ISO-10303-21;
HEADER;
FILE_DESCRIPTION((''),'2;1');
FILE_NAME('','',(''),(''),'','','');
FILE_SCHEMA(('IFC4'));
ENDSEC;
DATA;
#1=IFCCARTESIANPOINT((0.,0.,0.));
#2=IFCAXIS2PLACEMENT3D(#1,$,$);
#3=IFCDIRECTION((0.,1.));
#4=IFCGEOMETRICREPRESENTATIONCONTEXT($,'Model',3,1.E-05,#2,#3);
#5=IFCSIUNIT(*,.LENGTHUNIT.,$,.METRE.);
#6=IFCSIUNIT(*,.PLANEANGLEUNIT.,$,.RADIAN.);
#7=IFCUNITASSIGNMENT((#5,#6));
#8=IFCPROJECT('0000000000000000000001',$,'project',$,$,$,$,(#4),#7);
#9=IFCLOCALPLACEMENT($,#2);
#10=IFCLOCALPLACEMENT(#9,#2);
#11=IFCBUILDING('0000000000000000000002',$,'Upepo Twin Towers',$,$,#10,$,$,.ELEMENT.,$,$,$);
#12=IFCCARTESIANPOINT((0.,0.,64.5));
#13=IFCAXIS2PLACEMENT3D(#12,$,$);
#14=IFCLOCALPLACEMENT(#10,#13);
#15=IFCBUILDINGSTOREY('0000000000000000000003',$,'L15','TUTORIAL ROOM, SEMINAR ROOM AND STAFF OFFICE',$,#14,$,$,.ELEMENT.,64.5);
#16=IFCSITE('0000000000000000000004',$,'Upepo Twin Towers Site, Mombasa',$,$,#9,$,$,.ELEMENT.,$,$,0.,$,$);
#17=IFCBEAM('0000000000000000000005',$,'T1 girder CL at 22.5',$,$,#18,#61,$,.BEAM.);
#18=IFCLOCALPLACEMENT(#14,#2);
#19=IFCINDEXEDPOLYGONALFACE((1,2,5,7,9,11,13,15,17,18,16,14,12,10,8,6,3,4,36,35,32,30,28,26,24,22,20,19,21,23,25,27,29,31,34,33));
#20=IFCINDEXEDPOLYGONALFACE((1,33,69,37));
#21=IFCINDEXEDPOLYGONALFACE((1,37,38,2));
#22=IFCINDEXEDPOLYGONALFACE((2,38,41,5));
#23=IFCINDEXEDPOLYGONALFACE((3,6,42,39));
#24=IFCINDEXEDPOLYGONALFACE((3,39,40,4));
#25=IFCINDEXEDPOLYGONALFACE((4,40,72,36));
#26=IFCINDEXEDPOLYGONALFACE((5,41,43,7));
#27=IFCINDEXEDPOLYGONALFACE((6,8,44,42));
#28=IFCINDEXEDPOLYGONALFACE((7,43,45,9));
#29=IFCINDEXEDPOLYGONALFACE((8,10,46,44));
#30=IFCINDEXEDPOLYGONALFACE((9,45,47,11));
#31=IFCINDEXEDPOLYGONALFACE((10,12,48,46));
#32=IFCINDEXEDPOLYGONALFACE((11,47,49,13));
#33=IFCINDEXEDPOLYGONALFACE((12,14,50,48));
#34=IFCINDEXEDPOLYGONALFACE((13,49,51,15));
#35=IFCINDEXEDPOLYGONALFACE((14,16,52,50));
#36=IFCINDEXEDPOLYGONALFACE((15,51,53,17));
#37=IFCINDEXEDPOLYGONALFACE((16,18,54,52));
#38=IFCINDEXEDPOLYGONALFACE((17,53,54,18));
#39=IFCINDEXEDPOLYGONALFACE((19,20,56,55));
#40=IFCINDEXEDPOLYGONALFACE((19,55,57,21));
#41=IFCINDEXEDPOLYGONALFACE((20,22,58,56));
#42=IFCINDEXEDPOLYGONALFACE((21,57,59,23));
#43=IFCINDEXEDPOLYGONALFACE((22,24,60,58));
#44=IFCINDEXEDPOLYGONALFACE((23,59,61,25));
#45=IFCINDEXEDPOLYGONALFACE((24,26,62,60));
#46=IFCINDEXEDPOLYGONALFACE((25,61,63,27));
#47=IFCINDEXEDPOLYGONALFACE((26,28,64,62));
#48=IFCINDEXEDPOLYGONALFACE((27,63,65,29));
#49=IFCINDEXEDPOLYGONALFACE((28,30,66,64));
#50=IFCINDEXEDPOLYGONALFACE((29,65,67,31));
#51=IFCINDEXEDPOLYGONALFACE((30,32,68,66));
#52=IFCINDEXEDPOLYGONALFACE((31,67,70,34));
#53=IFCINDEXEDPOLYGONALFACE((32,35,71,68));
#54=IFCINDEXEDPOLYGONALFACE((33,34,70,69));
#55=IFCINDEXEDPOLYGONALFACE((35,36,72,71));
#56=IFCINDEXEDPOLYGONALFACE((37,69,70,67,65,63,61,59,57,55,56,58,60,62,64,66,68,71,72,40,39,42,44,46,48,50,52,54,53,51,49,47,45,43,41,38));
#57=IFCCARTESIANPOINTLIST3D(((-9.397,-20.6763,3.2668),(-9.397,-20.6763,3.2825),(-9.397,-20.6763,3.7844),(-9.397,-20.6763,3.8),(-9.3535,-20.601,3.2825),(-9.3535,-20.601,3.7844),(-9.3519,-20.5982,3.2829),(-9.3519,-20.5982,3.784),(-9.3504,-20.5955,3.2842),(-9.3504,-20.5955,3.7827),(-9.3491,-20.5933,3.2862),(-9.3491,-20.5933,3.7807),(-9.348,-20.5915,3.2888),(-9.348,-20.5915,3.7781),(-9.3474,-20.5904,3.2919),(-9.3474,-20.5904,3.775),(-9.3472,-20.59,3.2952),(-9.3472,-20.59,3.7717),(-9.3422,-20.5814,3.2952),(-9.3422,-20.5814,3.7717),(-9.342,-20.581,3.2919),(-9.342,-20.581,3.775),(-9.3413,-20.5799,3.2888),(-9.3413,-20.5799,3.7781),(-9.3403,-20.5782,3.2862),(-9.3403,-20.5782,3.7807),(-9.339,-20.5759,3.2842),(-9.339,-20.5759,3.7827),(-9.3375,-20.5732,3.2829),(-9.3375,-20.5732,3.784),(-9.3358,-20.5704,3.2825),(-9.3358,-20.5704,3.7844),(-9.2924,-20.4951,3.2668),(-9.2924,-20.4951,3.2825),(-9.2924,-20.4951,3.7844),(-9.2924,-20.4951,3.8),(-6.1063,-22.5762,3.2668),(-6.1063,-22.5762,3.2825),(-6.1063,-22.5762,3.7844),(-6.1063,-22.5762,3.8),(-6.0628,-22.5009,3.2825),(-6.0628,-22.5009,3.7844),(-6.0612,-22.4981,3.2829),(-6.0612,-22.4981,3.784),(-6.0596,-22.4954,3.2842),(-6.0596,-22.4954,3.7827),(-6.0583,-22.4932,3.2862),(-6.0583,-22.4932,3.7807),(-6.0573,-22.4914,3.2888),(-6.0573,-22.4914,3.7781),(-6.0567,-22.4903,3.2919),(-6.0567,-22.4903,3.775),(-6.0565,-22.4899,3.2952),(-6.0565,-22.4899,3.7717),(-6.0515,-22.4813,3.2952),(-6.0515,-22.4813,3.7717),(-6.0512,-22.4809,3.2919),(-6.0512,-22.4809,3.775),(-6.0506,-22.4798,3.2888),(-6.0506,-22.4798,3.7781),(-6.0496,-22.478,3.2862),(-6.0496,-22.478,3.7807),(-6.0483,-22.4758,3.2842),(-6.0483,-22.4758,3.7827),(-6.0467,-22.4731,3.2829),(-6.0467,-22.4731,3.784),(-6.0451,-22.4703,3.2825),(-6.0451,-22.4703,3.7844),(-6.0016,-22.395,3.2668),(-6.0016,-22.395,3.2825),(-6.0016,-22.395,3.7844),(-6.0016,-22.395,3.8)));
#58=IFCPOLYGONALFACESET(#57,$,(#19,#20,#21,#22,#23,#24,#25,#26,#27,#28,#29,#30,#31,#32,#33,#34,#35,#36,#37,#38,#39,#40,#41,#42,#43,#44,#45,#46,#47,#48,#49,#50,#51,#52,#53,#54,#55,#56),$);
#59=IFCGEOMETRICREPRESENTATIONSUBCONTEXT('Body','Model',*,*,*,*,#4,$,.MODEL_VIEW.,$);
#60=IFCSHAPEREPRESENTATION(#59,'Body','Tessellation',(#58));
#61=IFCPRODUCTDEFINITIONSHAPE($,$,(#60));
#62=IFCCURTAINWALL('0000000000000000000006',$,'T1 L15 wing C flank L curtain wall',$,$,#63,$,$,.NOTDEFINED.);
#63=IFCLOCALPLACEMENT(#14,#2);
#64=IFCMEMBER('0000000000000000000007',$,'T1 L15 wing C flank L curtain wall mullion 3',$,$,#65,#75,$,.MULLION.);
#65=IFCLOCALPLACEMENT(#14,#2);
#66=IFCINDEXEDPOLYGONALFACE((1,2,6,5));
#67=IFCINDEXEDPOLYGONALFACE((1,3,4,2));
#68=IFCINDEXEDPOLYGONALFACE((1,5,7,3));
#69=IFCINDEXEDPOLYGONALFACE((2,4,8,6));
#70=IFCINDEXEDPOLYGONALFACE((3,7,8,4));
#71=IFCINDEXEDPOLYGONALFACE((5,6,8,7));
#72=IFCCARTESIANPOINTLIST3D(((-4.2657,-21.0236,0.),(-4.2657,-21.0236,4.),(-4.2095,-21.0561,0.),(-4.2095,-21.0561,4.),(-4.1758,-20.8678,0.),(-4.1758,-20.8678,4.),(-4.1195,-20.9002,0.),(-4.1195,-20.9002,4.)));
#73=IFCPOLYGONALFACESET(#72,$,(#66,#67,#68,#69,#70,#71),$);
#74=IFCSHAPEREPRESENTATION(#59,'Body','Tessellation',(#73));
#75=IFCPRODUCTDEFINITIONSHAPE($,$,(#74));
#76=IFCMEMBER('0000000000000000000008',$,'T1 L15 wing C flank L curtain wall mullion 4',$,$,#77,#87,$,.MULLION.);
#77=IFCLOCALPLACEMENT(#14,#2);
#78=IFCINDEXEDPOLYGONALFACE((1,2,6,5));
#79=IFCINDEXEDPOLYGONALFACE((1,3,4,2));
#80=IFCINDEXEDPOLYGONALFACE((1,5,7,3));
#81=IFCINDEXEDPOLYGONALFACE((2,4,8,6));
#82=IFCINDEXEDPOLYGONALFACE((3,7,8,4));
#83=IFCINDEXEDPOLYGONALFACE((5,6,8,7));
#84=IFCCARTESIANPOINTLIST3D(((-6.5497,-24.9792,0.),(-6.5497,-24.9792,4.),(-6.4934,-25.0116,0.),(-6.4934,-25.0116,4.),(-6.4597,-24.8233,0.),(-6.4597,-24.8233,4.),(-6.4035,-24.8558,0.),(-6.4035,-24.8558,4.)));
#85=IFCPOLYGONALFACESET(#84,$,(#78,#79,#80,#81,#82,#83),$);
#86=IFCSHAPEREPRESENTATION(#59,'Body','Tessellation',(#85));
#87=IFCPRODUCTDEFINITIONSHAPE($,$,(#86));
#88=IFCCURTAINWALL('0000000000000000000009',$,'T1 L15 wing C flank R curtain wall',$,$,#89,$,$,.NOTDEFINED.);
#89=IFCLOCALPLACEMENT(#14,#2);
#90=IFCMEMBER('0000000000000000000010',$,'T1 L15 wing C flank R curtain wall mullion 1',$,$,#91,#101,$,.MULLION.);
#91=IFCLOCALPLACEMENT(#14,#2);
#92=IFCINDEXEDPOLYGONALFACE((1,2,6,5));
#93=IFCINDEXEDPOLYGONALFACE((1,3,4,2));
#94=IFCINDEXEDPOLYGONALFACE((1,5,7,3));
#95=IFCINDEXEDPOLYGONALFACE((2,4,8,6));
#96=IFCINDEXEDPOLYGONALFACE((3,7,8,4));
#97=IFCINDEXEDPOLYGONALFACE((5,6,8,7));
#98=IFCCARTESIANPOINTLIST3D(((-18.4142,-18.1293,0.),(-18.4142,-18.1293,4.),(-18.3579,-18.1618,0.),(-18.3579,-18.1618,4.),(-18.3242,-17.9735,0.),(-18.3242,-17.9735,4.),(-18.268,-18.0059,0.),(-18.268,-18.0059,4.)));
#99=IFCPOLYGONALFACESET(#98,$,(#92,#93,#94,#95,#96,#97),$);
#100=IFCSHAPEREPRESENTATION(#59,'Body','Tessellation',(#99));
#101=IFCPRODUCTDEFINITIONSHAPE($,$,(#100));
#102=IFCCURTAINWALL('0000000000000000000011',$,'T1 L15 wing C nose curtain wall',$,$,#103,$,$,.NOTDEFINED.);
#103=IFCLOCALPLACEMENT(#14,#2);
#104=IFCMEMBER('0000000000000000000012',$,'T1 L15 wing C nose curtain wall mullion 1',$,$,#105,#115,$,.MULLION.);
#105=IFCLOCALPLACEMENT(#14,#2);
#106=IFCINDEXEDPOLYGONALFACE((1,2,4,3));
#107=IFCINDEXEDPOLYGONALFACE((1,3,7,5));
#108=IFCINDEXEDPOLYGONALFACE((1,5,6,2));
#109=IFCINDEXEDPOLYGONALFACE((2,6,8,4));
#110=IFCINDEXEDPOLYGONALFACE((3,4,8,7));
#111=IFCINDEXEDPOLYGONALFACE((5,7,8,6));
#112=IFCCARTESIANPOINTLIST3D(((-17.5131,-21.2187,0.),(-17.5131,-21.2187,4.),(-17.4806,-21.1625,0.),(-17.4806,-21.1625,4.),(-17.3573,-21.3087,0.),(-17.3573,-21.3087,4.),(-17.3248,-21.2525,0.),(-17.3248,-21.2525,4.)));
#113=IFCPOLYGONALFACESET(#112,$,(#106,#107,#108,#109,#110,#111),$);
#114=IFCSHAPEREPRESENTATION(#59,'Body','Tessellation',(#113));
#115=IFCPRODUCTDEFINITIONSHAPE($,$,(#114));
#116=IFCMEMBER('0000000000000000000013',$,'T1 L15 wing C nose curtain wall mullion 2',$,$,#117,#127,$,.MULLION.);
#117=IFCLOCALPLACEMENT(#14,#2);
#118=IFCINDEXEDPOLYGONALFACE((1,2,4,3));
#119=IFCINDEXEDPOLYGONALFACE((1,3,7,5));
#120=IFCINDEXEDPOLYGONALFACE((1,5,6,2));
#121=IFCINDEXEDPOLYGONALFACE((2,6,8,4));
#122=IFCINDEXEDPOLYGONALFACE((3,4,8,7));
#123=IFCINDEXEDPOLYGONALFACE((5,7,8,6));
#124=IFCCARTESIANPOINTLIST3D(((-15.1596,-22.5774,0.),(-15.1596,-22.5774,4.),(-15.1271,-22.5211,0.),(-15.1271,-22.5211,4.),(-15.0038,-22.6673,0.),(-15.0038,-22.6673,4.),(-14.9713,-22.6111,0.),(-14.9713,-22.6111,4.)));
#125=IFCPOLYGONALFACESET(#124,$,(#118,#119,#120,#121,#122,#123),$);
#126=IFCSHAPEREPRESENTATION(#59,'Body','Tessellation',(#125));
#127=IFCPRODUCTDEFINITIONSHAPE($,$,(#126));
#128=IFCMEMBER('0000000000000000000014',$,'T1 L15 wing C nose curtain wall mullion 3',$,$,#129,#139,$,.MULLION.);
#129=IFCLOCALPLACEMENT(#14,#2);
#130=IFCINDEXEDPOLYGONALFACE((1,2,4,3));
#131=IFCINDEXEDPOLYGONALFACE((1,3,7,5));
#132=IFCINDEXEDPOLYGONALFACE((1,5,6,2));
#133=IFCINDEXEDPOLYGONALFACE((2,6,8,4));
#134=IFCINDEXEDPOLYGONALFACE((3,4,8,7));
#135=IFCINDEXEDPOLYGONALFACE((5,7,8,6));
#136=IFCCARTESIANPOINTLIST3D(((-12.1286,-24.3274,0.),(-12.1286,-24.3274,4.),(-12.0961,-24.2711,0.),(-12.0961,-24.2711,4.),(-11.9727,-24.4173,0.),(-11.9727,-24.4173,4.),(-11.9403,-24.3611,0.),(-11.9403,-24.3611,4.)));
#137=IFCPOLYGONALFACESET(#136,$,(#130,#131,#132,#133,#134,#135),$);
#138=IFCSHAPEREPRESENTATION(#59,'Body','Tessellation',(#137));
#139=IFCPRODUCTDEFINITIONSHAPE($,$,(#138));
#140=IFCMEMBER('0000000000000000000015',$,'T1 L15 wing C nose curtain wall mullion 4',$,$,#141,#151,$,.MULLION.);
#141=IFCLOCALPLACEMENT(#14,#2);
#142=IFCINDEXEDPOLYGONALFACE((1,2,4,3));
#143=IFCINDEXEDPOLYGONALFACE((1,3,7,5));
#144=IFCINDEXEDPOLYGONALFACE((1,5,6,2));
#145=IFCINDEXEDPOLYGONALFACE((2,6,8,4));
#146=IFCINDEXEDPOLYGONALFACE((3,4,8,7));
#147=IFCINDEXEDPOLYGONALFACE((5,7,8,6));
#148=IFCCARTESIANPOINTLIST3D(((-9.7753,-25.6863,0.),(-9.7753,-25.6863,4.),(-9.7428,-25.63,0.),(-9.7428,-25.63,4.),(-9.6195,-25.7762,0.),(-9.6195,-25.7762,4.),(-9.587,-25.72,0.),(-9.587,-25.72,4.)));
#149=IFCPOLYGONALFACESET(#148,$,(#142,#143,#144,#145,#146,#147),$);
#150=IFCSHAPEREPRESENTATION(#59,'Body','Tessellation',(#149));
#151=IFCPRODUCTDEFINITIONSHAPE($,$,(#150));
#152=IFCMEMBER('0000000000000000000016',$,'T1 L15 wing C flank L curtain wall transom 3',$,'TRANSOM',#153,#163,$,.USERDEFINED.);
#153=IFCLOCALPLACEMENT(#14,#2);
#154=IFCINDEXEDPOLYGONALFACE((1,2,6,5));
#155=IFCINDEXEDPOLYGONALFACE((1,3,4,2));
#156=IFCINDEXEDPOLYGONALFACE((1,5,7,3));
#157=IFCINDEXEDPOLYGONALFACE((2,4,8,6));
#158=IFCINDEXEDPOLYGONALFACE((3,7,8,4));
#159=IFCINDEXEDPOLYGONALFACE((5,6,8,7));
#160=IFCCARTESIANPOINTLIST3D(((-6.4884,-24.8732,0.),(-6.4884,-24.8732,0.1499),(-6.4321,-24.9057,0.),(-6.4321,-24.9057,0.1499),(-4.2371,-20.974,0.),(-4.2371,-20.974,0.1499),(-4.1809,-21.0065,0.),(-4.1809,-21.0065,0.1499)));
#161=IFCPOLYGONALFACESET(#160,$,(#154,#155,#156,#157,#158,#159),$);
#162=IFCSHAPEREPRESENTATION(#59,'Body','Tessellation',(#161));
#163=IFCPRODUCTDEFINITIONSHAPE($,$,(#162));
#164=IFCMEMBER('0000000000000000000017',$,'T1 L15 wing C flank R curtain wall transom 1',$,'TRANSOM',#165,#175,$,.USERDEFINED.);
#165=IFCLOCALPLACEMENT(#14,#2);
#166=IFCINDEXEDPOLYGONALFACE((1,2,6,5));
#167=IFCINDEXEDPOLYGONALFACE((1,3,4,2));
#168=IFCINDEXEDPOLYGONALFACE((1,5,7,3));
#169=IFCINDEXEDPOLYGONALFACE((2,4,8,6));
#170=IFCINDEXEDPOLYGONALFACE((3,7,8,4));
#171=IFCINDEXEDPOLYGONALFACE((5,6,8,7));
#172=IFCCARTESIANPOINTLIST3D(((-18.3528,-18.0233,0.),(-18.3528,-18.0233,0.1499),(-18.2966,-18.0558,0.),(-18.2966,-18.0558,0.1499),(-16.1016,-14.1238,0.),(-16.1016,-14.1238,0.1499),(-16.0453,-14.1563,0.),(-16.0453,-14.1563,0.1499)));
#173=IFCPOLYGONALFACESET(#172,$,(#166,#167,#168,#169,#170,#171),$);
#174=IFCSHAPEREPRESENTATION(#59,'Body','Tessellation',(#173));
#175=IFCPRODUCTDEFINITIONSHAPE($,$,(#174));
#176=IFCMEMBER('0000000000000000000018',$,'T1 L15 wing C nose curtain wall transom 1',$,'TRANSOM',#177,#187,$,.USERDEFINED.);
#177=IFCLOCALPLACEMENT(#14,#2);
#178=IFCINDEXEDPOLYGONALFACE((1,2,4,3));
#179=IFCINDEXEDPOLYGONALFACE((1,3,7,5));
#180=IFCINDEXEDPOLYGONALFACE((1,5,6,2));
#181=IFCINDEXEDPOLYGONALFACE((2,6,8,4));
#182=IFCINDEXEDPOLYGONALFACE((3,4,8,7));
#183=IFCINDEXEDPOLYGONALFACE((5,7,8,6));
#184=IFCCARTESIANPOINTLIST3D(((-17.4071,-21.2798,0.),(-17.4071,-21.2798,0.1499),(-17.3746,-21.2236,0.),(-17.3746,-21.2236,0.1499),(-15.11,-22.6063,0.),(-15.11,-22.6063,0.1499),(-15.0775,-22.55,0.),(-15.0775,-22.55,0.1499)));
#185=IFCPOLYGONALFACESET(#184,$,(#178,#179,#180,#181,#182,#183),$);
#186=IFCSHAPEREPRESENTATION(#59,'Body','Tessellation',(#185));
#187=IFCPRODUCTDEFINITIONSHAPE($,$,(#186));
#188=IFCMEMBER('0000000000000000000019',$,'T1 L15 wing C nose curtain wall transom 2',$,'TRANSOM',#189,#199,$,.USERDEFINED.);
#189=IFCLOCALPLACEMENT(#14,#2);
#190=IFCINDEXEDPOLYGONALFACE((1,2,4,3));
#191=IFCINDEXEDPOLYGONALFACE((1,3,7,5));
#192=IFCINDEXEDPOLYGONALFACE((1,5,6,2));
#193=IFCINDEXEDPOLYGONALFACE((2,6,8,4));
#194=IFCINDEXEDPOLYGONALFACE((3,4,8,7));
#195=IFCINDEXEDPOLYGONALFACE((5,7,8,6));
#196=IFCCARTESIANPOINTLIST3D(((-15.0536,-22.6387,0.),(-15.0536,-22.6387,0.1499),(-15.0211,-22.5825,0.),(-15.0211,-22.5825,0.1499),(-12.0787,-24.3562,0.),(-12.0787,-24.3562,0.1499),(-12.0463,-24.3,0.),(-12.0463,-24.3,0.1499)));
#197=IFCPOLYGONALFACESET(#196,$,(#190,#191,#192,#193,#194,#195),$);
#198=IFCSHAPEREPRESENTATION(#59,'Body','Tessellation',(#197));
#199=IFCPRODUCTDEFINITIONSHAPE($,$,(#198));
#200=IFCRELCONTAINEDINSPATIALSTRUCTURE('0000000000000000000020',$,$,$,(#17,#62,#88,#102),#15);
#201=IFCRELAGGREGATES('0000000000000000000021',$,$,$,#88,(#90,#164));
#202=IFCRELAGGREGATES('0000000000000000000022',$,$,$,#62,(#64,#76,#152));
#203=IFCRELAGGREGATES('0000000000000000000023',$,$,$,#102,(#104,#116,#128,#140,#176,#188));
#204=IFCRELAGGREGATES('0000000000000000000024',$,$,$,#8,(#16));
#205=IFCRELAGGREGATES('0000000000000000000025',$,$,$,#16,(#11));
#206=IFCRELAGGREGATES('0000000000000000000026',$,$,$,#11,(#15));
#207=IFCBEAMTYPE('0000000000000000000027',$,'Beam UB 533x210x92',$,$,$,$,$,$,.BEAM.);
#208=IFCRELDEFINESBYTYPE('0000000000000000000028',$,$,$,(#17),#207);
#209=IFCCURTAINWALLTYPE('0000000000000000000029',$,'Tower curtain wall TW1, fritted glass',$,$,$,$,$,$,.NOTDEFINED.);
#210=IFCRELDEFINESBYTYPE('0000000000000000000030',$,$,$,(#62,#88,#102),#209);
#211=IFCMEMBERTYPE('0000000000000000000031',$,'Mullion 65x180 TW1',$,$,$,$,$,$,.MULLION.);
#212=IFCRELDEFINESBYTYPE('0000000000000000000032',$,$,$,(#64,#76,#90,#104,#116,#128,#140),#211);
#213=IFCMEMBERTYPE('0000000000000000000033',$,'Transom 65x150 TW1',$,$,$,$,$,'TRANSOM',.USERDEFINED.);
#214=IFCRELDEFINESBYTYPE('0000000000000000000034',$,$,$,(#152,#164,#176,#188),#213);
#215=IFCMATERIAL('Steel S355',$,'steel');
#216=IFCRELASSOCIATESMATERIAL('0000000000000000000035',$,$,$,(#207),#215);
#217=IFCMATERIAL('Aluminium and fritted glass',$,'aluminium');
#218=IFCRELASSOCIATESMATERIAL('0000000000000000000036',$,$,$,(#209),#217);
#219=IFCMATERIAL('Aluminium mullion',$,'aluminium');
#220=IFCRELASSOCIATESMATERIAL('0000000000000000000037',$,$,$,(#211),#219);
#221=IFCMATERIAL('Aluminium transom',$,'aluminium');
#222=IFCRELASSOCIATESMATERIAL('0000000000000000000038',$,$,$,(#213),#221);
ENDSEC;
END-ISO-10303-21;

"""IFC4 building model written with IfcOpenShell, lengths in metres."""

from ifc_helpers import new_model, si_unit, direction, frame, origin, origin_2d, place, context, subcontext, project, spatial, rectangle, i_section, extrude, material, material_profile, profile_set, type_object, element, aggregate, save


model = new_model("IFC4")

# Units and contexts
model_context = context("Model", 3, precision=1e-05, world=origin(), true_north=direction((0.0, 1.0)))
body_context = subcontext(model_context, "Body", "Model", "MODEL_VIEW")
ifc_project = project(units=[si_unit("LENGTHUNIT", "METRE"), si_unit("PLANEANGLEUNIT", "RADIAN")], contexts=[model_context])

# Site, building, storey
site_placement = place(None, origin())
site = spatial("IfcSite", under=ifc_project, at=site_placement, Name="Upepo Twin Towers Site, Mombasa", CompositionType="ELEMENT", RefElevation=0.0)
building_placement = place(site_placement, origin())
building = spatial("IfcBuilding", under=site, at=building_placement, Name="Upepo Twin Towers", CompositionType="ELEMENT")
storey_placement = place(building_placement, frame((0.0, 0.0, 64.5)))
storey = spatial("IfcBuildingStorey", under=building, at=storey_placement, Name="L15", Description="TUTORIAL ROOM, SEMINAR ROOM AND STAFF OFFICE", CompositionType="ELEMENT", Elevation=64.5)

# Beam
ifc_material_1 = material(Name="Steel S355", Category="steel")
ifc_material_profile_1 = material_profile(ifc_material_1, i_section(OverallWidth=0.2092, OverallDepth=0.5332, WebThickness=0.01, FlangeThickness=0.0156, FilletRadius=0.0127, at=origin_2d()), Name="UB 533x210x92")
ifc_profile_set_1 = profile_set([ifc_material_profile_1], Name="Steel S355")
beam_type_1 = type_object("IfcBeamType", Name="Beam UB 533x210x92", PredefinedType="BEAM", material=ifc_profile_set_1)
beam_1_placement = place(storey_placement, frame((-6.054, -22.4856, 3.5334), z_axis=(-0.866028, 0.499995, 0.0), x_axis=(-0.499995, -0.866028, 0.0)))
element("IfcBeam", 1, at=beam_1_placement, inside=storey, type_object=beam_type_1, Name="T1 girder CL at 22.5", PredefinedType="BEAM", context=body_context, shape_type="SweptSolid", body=[
    extrude(i_section(OverallWidth=0.2092, OverallDepth=0.5332, WebThickness=0.01, FlangeThickness=0.0156, FilletRadius=0.0127, at=origin_2d()), origin(), (0.0, 0.0, 1.0), 3.7998),
])

# Curtain wall, members
ifc_material_2 = material(Name="Aluminium and fritted glass", Category="aluminium")
curtain_wall_type = type_object("IfcCurtainWallType", Name="Tower curtain wall TW1, fritted glass", PredefinedType="NOTDEFINED", material=ifc_material_2)
curtain_wall_1_placement = place(storey_placement, origin())
curtain_wall_1 = element("IfcCurtainWall", 2, at=curtain_wall_1_placement, inside=storey, type_object=curtain_wall_type, Name="T1 L15 wing C flank L curtain wall", PredefinedType="NOTDEFINED")
ifc_material_3 = material(Name="Aluminium mullion", Category="aluminium")
ifc_material_profile_2 = material_profile(ifc_material_3, rectangle(XDim=0.0649, YDim=0.1799, at=origin_2d()), Name="MULLION 65x180")
ifc_profile_set_2 = profile_set([ifc_material_profile_2], Name="Aluminium mullion")
member_type_1 = type_object("IfcMemberType", Name="Mullion 65x180 TW1", PredefinedType="MULLION", material=ifc_profile_set_2)
member_1_placement = place(storey_placement, frame((-4.1926, -20.9619, 0.0), z_axis=(0.0, 0.0, 1.0), x_axis=(0.866025, -0.5, 0.0)))
member_1 = element("IfcMember", 3, at=member_1_placement, type_object=member_type_1, Name="T1 L15 wing C flank L curtain wall mullion 3", PredefinedType="MULLION", context=body_context, shape_type="SweptSolid", body=[
    extrude(rectangle(XDim=0.0649, YDim=0.1799, at=origin_2d()), origin(), (0.0, 0.0, 1.0), 4.0),
])
member_2_placement = place(storey_placement, frame((-6.4766, -24.9175, 0.0), z_axis=(0.0, 0.0, 1.0), x_axis=(0.866025, -0.5, 0.0)))
member_2 = element("IfcMember", 4, at=member_2_placement, type_object=member_type_1, Name="T1 L15 wing C flank L curtain wall mullion 4", PredefinedType="MULLION", context=body_context, shape_type="SweptSolid", body=[
    extrude(rectangle(XDim=0.0649, YDim=0.1799, at=origin_2d()), origin(), (0.0, 0.0, 1.0), 4.0),
])

# Curtain wall, member
curtain_wall_2_placement = place(storey_placement, origin())
curtain_wall_2 = element("IfcCurtainWall", 5, at=curtain_wall_2_placement, inside=storey, type_object=curtain_wall_type, Name="T1 L15 wing C flank R curtain wall", PredefinedType="NOTDEFINED")
member_3_placement = place(storey_placement, frame((-18.3411, -18.0676, 0.0), z_axis=(0.0, 0.0, 1.0), x_axis=(-0.866025, 0.5, 0.0)))
member_3 = element("IfcMember", 6, at=member_3_placement, type_object=member_type_1, Name="T1 L15 wing C flank R curtain wall mullion 1", PredefinedType="MULLION", context=body_context, shape_type="SweptSolid", body=[
    extrude(rectangle(XDim=0.0649, YDim=0.1799, at=origin_2d()), origin(), (0.0, 0.0, 1.0), 4.0),
])

# Curtain wall, members
curtain_wall_3_placement = place(storey_placement, origin())
curtain_wall_3 = element("IfcCurtainWall", 7, at=curtain_wall_3_placement, inside=storey, type_object=curtain_wall_type, Name="T1 L15 wing C nose curtain wall", PredefinedType="NOTDEFINED")
member_4_placement = place(storey_placement, frame((-17.4189, -21.2356, 0.0), z_axis=(0.0, 0.0, 1.0), x_axis=(0.5, 0.866025, 0.0)))
member_4 = element("IfcMember", 8, at=member_4_placement, type_object=member_type_1, Name="T1 L15 wing C nose curtain wall mullion 1", PredefinedType="MULLION", context=body_context, shape_type="SweptSolid", body=[
    extrude(rectangle(XDim=0.0649, YDim=0.1799, at=origin_2d()), origin(), (0.0, 0.0, 1.0), 4.0),
])
member_5_placement = place(storey_placement, frame((-15.0654, -22.5942, 0.0), z_axis=(0.0, 0.0, 1.0), x_axis=(0.5, 0.866025, 0.0)))
member_5 = element("IfcMember", 9, at=member_5_placement, type_object=member_type_1, Name="T1 L15 wing C nose curtain wall mullion 2", PredefinedType="MULLION", context=body_context, shape_type="SweptSolid", body=[
    extrude(rectangle(XDim=0.0649, YDim=0.1799, at=origin_2d()), origin(), (0.0, 0.0, 1.0), 4.0),
])
member_6_placement = place(storey_placement, frame((-12.0344, -24.3442, 0.0), z_axis=(0.0, 0.0, 1.0), x_axis=(0.5, 0.866025, 0.0)))
member_6 = element("IfcMember", 10, at=member_6_placement, type_object=member_type_1, Name="T1 L15 wing C nose curtain wall mullion 3", PredefinedType="MULLION", context=body_context, shape_type="SweptSolid", body=[
    extrude(rectangle(XDim=0.0649, YDim=0.1799, at=origin_2d()), origin(), (0.0, 0.0, 1.0), 4.0),
])
member_7_placement = place(storey_placement, frame((-9.6812, -25.7031, 0.0), z_axis=(0.0, 0.0, 1.0), x_axis=(0.5, 0.866025, 0.0)))
member_7 = element("IfcMember", 11, at=member_7_placement, type_object=member_type_1, Name="T1 L15 wing C nose curtain wall mullion 4", PredefinedType="MULLION", context=body_context, shape_type="SweptSolid", body=[
    extrude(rectangle(XDim=0.0649, YDim=0.1799, at=origin_2d()), origin(), (0.0, 0.0, 1.0), 4.0),
])

# Members
ifc_material_4 = material(Name="Aluminium transom", Category="aluminium")
ifc_material_profile_3 = material_profile(ifc_material_4, rectangle(XDim=0.0649, YDim=0.1499, at=origin_2d()), Name="TRANSOM 65x150")
ifc_profile_set_3 = profile_set([ifc_material_profile_3], Name="Aluminium transom")
member_type_2 = type_object("IfcMemberType", Name="Transom 65x150 TW1", ElementType="TRANSOM", PredefinedType="USERDEFINED", material=ifc_profile_set_3)
member_8_placement = place(storey_placement, frame((-4.209, -20.9902, 0.075), z_axis=(-0.500006, -0.866022, 0.0), x_axis=(0.866022, -0.500006, 0.0)))
member_8 = element("IfcMember", 12, at=member_8_placement, type_object=member_type_2, Name="T1 L15 wing C flank L curtain wall transom 3", ObjectType="TRANSOM", PredefinedType="USERDEFINED", context=body_context, shape_type="SweptSolid", body=[
    extrude(rectangle(XDim=0.0649, YDim=0.1499, at=origin_2d()), origin(), (0.0, 0.0, 1.0), 4.5024),
])
member_9_placement = place(storey_placement, frame((-18.3247, -18.0396, 0.075), z_axis=(0.499982, 0.866036, 0.0), x_axis=(-0.866036, 0.499982, 0.0)))
member_9 = element("IfcMember", 13, at=member_9_placement, type_object=member_type_2, Name="T1 L15 wing C flank R curtain wall transom 1", ObjectType="TRANSOM", PredefinedType="USERDEFINED", context=body_context, shape_type="SweptSolid", body=[
    extrude(rectangle(XDim=0.0649, YDim=0.1499, at=origin_2d()), origin(), (0.0, 0.0, 1.0), 4.5027),
])
aggregate(curtain_wall_2, [member_3, member_9])
member_10_placement = place(storey_placement, frame((-17.3909, -21.2517, 0.075), z_axis=(0.865997, -0.500049, 0.0), x_axis=(0.500049, 0.865997, 0.0)))
member_10 = element("IfcMember", 14, at=member_10_placement, type_object=member_type_2, Name="T1 L15 wing C nose curtain wall transom 1", ObjectType="TRANSOM", PredefinedType="USERDEFINED", context=body_context, shape_type="SweptSolid", body=[
    extrude(rectangle(XDim=0.0649, YDim=0.1499, at=origin_2d()), origin(), (0.0, 0.0, 1.0), 2.6526),
])
member_11_placement = place(storey_placement, frame((-15.0374, -22.6106, 0.075), z_axis=(0.866026, -0.499999, 0.0), x_axis=(0.499999, 0.866026, 0.0)))
member_11 = element("IfcMember", 15, at=member_11_placement, type_object=member_type_2, Name="T1 L15 wing C nose curtain wall transom 2", ObjectType="TRANSOM", PredefinedType="USERDEFINED", context=body_context, shape_type="SweptSolid", body=[
    extrude(rectangle(XDim=0.0649, YDim=0.1499, at=origin_2d()), origin(), (0.0, 0.0, 1.0), 3.4351),
])

aggregate(curtain_wall_1, [member_1, member_2, member_8])
aggregate(curtain_wall_3, [member_4, member_5, member_6, member_7, member_10, member_11])

save(model, "model.ifc")
